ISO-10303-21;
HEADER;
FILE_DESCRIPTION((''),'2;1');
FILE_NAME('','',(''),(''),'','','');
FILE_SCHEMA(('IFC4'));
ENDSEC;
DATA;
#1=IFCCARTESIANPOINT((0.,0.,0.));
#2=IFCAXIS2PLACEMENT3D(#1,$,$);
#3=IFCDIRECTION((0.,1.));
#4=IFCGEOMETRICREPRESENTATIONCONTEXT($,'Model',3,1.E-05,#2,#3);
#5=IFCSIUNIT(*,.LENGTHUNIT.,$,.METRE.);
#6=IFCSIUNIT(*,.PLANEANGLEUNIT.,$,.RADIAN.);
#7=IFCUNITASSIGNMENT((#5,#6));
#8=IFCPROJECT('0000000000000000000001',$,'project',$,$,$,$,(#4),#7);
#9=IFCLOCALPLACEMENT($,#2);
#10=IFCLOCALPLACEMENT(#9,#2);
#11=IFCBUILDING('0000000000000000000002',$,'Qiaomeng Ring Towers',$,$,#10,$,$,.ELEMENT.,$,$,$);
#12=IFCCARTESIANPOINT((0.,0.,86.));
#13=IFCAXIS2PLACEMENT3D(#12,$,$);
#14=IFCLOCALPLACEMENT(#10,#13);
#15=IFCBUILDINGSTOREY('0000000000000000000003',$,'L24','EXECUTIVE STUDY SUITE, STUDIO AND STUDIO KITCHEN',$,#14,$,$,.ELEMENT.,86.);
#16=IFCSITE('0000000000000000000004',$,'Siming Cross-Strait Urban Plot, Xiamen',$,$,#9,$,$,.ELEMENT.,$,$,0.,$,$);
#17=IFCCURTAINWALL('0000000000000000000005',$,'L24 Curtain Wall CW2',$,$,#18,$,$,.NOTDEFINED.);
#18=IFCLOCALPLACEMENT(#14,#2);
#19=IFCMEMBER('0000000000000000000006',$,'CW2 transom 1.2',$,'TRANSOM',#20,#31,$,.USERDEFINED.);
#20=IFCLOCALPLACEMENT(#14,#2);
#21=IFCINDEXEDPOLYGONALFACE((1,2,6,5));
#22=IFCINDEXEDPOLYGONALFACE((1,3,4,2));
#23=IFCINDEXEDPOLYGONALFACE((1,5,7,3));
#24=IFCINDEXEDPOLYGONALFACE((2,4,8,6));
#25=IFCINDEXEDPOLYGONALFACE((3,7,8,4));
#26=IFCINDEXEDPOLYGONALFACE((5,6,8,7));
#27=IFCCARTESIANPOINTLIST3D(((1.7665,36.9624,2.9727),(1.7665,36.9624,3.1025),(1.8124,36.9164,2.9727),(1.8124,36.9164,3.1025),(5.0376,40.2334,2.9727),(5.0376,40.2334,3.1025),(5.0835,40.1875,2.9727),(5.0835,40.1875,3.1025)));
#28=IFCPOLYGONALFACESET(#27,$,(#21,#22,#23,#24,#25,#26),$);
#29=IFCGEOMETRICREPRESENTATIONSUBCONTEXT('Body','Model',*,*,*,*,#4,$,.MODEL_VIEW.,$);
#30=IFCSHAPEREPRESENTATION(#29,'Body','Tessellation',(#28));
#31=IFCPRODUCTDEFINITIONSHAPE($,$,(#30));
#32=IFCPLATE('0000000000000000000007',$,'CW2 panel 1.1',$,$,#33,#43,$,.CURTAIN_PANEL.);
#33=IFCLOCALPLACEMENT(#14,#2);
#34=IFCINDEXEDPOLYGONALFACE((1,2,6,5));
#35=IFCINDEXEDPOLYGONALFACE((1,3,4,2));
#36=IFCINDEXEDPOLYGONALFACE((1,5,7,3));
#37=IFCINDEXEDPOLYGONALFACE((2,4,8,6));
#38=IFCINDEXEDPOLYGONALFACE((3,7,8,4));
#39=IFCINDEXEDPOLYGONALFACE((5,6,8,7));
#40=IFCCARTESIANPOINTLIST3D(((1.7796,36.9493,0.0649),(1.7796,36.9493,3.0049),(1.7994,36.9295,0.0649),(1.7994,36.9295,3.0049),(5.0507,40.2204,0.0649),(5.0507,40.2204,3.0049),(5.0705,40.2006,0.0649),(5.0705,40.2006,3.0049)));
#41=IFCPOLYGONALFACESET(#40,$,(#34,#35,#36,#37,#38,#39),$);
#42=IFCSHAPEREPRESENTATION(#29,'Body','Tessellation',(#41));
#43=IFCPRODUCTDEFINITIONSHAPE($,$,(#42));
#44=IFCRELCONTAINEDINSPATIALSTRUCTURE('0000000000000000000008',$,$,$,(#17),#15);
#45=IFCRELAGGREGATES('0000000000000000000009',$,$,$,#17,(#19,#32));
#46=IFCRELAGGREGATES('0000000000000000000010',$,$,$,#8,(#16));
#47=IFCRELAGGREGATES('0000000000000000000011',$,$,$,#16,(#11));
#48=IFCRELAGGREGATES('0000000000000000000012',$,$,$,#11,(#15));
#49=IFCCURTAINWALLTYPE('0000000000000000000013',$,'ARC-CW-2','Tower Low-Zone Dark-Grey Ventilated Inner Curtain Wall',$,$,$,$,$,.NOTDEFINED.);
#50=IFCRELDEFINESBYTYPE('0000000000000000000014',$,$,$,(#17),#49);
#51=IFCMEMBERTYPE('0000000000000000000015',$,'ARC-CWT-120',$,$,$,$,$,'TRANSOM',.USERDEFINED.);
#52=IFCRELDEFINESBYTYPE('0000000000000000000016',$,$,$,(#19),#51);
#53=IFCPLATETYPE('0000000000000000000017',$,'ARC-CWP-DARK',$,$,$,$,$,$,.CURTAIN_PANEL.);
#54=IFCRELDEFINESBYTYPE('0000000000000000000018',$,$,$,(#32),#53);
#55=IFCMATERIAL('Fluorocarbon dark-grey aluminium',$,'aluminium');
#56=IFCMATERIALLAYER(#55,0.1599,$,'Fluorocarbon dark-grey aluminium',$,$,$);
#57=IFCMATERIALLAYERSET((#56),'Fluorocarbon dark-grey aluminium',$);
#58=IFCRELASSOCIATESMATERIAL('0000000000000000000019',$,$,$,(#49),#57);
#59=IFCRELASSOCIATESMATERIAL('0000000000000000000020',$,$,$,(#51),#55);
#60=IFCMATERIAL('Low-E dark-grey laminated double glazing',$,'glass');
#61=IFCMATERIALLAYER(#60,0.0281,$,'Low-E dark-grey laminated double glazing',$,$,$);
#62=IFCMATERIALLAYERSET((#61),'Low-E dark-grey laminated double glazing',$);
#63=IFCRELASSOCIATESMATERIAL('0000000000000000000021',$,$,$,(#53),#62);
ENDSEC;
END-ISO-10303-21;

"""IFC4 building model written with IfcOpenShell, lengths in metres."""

from ifc_helpers import new_model, si_unit, direction, frame, origin, origin_2d, place, context, subcontext, project, spatial, rectangle, extrude, source, transform, mapped, material, layer, layer_set, material_profile, profile_set, type_object, element, aggregate, save


model = new_model("IFC4")

# Units and contexts
model_context = context("Model", 3, precision=1e-05, world=origin(), true_north=direction((0.0, 1.0)))
body_context = subcontext(model_context, "Body", "Model", "MODEL_VIEW")
ifc_project = project(units=[si_unit("LENGTHUNIT", "METRE"), si_unit("PLANEANGLEUNIT", "RADIAN")], contexts=[model_context])

# Site, building, storey
site_placement = place(None, origin())
site = spatial("IfcSite", under=ifc_project, at=site_placement, Name="Siming Cross-Strait Urban Plot, Xiamen", CompositionType="ELEMENT", RefElevation=0.0)
building_placement = place(site_placement, origin())
building = spatial("IfcBuilding", under=site, at=building_placement, Name="Qiaomeng Ring Towers", CompositionType="ELEMENT")
storey_placement = place(building_placement, frame((0.0, 0.0, 86.0)))
storey = spatial("IfcBuildingStorey", under=building, at=storey_placement, Name="L24", Description="EXECUTIVE STUDY SUITE, STUDIO AND STUDIO KITCHEN", CompositionType="ELEMENT", Elevation=86.0)

# Curtain wall, member, plate
ifc_material_1 = material(Name="Fluorocarbon dark-grey aluminium", Category="aluminium")
ifc_layer_1 = layer(ifc_material_1, 0.1599, Name="Fluorocarbon dark-grey aluminium")
ifc_layer_set_1 = layer_set([ifc_layer_1], Name="Fluorocarbon dark-grey aluminium")
curtain_wall_type = type_object("IfcCurtainWallType", Name="ARC-CW-2", Description="Tower Low-Zone Dark-Grey Ventilated Inner Curtain Wall", PredefinedType="NOTDEFINED", material=ifc_layer_set_1)
curtain_wall_placement = place(storey_placement, origin())
curtain_wall = element("IfcCurtainWall", 1, at=curtain_wall_placement, inside=storey, type_object=curtain_wall_type, Name="L24 Curtain Wall CW2", PredefinedType="NOTDEFINED")
ifc_material_profile_1 = material_profile(ifc_material_1, rectangle(XDim=0.0649, YDim=0.1299, at=origin_2d()), Name="ALU TRAN 65x130")
ifc_profile_set_1 = profile_set([ifc_material_profile_1], Name="Fluorocarbon dark-grey aluminium")
member_type_1 = type_object("IfcMemberType", Name="ARC-CWT-120", ElementType="TRANSOM", PredefinedType="USERDEFINED", material=ifc_profile_set_1)
shared_shape_1 = source(origin(), body_context, "Body", "SweptSolid", [
    extrude(rectangle(XDim=0.0649, YDim=0.1299, at=origin_2d()), origin(), (0.0, 0.0, 1.0), 4.626),
])
member_1_placement = place(storey_placement, frame((5.0605, 40.2104, 3.0376), z_axis=(-0.707107, -0.707107, 0.0), x_axis=(0.707107, -0.707107, 0.0)))
member_1 = element("IfcMember", 2, at=member_1_placement, type_object=member_type_1, Name="CW2 transom 1.2", ObjectType="TRANSOM", PredefinedType="USERDEFINED", context=body_context, shape_type="MappedRepresentation", body=[
    mapped(shared_shape_1, transform((0.0, 0.0, 0.0), x_axis=(1.0, 0.0, 0.0), y_axis=(0.0, 1.0, 0.0), z_axis=(0.0, 0.0, 1.0), scale=1.0)),
])
ifc_material_2 = material(Name="Low-E dark-grey laminated double glazing", Category="glass")
ifc_layer_2 = layer(ifc_material_2, 0.0281, Name="Low-E dark-grey laminated double glazing")
ifc_layer_set_2 = layer_set([ifc_layer_2], Name="Low-E dark-grey laminated double glazing")
plate_type = type_object("IfcPlateType", Name="ARC-CWP-DARK", PredefinedType="CURTAIN_PANEL", material=ifc_layer_set_2)
shared_shape_2 = source(origin(), body_context, "Body", "SweptSolid", [
    extrude(rectangle(XDim=4.626, YDim=0.0281, at=origin_2d()), origin(), (0.0, 0.0, 1.0), 2.9399),
])
plate_placement = place(storey_placement, frame((3.425, 38.575, 0.0649), z_axis=(0.0, 0.0, 1.0), x_axis=(-0.707107, -0.707107, 0.0)))
plate = element("IfcPlate", 3, at=plate_placement, type_object=plate_type, Name="CW2 panel 1.1", PredefinedType="CURTAIN_PANEL", context=body_context, shape_type="MappedRepresentation", body=[
    mapped(shared_shape_2, transform((0.0, 0.0, 0.0), x_axis=(1.0, 0.0, 0.0), y_axis=(0.0, 1.0, 0.0), z_axis=(0.0, 0.0, 1.0), scale=1.0)),
])
aggregate(curtain_wall, [member_1, plate])

save(model, "model.ifc")
